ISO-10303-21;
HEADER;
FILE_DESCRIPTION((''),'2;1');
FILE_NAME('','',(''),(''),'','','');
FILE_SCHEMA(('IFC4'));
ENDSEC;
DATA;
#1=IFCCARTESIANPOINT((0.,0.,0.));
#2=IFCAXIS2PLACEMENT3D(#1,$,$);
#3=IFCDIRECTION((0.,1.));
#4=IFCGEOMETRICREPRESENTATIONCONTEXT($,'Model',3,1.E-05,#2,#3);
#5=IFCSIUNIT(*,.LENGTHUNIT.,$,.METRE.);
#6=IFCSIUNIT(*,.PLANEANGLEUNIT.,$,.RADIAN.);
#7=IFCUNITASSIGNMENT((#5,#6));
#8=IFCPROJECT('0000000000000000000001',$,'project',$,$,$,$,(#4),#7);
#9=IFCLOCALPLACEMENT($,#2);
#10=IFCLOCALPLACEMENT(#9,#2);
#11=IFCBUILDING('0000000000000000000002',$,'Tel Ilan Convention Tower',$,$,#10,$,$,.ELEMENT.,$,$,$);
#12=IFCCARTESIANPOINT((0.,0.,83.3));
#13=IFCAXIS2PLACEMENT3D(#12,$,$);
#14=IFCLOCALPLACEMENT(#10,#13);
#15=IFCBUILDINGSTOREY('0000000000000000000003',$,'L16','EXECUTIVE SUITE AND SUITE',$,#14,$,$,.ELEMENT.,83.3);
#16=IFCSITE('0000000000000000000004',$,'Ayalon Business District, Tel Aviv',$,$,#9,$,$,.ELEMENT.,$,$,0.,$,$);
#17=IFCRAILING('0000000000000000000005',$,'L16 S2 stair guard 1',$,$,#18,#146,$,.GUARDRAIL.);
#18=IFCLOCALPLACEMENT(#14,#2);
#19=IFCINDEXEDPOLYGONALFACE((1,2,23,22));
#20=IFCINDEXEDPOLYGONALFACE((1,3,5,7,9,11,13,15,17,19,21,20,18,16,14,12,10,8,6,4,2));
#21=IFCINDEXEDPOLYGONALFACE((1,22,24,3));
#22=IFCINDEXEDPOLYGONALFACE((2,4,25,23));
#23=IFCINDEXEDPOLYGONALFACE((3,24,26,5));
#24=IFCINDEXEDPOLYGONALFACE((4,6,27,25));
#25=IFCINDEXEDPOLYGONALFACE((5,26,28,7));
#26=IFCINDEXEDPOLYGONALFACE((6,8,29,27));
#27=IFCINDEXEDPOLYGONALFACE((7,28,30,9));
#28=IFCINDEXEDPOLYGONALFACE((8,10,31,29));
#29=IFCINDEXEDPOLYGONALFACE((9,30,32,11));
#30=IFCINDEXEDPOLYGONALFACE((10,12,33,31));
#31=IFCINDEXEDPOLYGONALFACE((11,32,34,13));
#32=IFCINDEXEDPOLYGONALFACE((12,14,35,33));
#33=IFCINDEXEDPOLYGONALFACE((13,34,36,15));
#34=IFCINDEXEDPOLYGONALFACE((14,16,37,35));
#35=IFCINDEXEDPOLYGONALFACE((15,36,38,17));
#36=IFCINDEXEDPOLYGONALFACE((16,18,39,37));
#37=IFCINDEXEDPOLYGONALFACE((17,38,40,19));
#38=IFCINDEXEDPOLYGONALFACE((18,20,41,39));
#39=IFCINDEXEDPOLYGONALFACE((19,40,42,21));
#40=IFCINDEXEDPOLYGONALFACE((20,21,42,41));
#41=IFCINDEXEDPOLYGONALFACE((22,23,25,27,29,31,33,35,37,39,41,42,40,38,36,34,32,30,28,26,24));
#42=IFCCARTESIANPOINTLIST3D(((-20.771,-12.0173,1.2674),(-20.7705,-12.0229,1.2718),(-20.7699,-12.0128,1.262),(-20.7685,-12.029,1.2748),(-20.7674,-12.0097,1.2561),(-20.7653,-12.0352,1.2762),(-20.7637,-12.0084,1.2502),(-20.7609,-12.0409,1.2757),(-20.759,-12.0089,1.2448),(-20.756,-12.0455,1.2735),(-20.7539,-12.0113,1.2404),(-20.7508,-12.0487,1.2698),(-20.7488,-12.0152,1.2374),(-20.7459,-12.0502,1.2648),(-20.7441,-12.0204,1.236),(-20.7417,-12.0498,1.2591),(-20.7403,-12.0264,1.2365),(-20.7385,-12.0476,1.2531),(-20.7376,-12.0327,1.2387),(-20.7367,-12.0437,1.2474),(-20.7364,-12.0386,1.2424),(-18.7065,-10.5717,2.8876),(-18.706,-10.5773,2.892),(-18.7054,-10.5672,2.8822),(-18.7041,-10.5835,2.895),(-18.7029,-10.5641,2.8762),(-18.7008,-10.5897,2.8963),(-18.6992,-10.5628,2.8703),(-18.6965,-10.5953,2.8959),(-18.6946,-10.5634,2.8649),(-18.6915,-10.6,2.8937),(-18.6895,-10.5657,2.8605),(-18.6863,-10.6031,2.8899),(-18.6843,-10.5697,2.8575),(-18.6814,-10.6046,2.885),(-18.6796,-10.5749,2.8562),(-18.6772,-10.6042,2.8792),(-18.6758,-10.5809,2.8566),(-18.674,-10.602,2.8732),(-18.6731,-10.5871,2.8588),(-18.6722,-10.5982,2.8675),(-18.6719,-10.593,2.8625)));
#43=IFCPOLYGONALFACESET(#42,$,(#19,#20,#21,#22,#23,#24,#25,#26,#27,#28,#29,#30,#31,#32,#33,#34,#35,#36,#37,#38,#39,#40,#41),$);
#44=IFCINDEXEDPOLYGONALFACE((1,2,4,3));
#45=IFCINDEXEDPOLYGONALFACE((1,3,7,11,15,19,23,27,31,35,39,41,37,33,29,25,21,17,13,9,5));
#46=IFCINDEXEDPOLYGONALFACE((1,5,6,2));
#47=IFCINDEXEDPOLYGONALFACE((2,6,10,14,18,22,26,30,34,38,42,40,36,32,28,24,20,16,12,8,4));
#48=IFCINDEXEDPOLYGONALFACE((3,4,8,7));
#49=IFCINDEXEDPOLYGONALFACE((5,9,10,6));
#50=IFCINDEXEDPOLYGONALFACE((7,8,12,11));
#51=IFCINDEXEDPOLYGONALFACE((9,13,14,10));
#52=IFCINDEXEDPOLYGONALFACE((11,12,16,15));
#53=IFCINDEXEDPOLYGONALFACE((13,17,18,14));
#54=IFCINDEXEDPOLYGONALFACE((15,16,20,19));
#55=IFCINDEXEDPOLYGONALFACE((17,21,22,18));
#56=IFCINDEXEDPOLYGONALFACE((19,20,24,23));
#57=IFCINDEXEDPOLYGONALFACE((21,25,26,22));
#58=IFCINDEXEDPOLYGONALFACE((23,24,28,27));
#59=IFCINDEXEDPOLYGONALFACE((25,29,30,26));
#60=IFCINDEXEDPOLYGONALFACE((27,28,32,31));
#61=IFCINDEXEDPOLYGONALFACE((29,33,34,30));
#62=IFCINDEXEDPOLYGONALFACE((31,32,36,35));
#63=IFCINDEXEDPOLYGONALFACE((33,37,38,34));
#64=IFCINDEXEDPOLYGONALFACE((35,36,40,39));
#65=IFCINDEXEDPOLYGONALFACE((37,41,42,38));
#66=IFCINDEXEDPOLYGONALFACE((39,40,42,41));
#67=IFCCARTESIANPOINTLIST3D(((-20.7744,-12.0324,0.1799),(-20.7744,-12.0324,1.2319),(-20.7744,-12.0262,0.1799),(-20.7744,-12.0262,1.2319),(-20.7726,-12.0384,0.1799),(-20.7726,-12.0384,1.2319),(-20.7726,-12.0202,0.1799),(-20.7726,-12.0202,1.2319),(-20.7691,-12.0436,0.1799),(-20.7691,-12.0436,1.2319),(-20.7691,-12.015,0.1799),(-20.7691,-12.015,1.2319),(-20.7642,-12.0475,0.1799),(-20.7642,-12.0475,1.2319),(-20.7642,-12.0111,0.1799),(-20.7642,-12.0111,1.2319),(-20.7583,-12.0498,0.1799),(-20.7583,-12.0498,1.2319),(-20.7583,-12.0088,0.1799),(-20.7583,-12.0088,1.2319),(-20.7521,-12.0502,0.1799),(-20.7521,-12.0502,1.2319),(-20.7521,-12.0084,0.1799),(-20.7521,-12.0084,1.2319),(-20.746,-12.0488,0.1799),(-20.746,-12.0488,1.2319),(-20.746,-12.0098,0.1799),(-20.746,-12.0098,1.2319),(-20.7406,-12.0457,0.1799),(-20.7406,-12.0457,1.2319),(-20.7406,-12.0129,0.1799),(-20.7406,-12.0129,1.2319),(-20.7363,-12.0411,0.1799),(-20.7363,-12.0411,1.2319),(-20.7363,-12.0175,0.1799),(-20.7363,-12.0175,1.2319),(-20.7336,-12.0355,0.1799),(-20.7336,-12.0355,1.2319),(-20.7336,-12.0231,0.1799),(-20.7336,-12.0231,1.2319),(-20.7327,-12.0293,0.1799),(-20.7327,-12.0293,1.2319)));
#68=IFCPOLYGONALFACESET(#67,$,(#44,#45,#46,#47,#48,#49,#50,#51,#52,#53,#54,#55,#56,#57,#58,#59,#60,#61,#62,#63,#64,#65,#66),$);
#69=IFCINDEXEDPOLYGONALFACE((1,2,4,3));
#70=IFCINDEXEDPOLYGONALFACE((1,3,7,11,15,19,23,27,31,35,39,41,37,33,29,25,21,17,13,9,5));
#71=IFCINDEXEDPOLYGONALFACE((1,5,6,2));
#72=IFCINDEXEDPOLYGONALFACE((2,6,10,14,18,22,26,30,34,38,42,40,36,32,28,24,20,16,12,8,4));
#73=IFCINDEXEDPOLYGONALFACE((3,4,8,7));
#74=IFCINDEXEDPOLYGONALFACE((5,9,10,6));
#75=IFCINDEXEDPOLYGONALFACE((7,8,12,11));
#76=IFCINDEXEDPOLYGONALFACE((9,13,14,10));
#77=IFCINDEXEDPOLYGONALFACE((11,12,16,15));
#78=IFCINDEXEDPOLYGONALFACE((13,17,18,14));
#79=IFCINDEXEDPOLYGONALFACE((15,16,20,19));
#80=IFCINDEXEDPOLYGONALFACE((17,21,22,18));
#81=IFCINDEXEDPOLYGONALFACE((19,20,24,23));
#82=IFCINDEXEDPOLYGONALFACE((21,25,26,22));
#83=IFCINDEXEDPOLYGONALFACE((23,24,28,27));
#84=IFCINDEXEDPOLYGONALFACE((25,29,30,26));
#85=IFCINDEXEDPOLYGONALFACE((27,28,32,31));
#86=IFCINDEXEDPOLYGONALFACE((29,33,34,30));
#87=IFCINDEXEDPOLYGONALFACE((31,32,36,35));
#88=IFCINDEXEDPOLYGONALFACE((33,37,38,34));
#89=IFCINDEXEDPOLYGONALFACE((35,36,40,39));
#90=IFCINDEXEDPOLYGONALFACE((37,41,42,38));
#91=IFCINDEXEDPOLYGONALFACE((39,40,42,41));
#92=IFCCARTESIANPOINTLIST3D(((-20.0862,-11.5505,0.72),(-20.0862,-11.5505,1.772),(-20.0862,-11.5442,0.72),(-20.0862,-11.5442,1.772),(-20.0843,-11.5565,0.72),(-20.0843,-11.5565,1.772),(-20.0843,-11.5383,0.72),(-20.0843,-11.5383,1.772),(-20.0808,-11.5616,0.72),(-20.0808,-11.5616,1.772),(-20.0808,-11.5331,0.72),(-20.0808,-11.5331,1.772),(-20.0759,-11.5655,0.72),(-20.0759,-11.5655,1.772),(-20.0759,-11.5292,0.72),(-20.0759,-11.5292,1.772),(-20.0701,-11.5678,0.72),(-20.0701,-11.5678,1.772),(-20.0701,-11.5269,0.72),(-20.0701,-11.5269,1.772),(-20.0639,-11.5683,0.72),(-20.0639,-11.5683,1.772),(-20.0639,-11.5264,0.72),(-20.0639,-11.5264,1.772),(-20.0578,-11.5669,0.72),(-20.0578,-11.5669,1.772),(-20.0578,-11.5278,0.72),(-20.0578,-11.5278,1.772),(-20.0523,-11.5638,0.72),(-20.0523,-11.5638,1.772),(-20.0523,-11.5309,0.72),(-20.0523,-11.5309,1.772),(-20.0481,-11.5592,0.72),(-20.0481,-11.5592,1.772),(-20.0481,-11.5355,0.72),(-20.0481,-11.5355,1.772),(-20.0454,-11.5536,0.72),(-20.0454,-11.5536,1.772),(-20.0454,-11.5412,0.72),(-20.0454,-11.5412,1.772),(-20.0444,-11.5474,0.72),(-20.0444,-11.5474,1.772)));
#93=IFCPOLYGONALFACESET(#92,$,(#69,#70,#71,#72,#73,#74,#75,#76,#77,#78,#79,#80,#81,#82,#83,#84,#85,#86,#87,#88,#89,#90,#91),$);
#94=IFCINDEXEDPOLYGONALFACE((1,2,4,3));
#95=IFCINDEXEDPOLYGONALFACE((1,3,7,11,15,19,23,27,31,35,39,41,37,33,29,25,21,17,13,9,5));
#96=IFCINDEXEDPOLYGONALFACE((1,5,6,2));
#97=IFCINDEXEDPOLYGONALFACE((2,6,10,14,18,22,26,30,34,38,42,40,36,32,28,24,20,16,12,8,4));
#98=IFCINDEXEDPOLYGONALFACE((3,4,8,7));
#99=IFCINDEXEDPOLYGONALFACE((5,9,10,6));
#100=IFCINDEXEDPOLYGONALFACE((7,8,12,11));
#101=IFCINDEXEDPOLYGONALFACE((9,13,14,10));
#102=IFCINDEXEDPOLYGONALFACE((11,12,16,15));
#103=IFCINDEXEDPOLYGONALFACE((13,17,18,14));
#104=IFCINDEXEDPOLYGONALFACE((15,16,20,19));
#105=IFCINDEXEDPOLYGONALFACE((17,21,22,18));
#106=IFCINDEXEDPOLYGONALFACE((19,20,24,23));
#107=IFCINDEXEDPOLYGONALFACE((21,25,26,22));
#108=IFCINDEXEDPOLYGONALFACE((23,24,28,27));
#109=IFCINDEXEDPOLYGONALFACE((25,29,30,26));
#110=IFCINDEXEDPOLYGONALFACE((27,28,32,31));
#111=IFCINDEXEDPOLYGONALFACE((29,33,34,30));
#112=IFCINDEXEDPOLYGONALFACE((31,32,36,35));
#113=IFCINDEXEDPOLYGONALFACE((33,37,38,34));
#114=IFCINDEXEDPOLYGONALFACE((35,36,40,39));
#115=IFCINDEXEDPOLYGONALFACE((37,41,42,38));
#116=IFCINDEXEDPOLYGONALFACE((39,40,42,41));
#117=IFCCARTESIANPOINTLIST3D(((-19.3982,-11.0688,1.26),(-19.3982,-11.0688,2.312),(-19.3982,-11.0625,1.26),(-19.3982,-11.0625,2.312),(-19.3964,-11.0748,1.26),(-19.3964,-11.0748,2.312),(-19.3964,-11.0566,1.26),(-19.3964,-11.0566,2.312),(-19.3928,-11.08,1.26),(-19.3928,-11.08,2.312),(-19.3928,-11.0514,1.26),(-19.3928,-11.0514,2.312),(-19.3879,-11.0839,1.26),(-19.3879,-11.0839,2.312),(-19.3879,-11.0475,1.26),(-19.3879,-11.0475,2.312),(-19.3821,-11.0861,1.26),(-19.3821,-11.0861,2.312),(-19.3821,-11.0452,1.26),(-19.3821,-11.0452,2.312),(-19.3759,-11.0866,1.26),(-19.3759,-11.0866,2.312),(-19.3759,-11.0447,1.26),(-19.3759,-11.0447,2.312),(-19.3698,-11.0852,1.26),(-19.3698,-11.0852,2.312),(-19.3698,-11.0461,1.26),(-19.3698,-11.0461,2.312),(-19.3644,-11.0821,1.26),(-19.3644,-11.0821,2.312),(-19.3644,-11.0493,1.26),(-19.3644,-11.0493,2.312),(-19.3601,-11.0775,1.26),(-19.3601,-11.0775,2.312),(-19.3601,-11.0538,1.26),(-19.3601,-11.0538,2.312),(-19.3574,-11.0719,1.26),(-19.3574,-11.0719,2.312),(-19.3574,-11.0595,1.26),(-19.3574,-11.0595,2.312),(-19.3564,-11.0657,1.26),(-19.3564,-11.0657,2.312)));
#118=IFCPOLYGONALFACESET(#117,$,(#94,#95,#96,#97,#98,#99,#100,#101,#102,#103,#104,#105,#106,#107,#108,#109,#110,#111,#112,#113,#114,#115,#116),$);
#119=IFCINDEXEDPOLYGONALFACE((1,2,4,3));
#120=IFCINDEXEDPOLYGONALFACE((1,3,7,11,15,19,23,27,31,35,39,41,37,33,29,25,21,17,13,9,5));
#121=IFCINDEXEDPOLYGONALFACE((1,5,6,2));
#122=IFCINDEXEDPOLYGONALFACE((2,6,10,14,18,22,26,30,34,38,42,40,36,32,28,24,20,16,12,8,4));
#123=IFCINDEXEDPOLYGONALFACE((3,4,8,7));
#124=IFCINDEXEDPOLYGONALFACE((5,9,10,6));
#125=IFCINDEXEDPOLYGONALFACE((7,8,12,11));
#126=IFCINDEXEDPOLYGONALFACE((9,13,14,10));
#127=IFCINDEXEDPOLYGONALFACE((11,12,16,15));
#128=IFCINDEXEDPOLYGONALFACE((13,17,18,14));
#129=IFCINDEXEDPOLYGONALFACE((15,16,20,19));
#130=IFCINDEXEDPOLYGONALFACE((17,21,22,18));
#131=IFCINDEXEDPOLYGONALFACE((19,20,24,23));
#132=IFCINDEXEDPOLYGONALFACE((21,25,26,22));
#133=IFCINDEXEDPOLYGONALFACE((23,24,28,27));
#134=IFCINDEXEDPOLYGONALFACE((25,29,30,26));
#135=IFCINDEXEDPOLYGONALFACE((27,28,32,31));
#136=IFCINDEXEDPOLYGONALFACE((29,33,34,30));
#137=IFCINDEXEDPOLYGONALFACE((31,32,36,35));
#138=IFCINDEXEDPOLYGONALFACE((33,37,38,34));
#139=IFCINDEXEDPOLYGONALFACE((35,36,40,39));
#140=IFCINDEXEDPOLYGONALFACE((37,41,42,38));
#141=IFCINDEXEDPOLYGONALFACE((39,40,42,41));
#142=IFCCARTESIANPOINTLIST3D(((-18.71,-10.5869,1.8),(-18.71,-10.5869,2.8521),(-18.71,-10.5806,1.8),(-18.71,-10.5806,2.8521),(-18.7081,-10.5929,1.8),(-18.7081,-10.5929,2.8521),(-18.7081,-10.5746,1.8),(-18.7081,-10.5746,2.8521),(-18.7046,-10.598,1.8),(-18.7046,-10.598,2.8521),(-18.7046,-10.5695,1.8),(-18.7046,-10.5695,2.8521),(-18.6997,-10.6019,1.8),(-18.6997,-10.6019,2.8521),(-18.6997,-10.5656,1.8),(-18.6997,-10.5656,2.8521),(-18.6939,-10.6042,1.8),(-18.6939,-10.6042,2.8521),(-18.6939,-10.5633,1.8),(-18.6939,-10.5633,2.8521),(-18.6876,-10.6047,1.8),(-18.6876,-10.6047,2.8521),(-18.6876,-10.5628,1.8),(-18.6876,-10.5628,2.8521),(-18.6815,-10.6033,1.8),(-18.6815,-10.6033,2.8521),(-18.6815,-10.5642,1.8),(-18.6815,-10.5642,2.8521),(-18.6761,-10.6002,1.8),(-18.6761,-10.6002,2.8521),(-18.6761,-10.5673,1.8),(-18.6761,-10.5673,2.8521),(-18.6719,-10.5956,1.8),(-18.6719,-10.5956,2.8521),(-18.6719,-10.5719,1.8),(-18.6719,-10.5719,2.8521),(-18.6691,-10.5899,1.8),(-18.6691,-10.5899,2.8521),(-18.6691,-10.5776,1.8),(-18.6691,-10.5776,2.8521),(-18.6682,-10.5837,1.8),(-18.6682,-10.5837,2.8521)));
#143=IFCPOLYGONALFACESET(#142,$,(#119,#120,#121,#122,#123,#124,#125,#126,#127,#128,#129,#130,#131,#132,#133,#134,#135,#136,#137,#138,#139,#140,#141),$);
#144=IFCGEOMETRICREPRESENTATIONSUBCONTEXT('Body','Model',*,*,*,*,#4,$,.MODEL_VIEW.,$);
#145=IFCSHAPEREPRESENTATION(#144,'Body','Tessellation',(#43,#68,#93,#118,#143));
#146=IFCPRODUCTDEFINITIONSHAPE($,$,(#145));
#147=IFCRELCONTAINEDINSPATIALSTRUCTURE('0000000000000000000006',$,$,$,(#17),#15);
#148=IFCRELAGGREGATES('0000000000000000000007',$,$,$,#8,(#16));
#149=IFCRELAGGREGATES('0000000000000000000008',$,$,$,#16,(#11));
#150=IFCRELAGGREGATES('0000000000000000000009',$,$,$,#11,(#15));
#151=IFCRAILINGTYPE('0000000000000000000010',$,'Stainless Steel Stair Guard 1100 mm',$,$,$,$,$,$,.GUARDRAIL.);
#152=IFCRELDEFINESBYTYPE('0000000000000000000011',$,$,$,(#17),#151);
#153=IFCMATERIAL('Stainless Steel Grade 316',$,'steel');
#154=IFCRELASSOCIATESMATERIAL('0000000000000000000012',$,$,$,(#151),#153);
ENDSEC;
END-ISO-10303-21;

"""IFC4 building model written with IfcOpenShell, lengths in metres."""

from ifc_helpers import new_model, si_unit, direction, frame, origin, origin_2d, place, context, subcontext, project, spatial, circle, extrude, material, type_object, element, save


model = new_model("IFC4")

# Units and contexts
model_context = context("Model", 3, precision=1e-05, world=origin(), true_north=direction((0.0, 1.0)))
body_context = subcontext(model_context, "Body", "Model", "MODEL_VIEW")
ifc_project = project(units=[si_unit("LENGTHUNIT", "METRE"), si_unit("PLANEANGLEUNIT", "RADIAN")], contexts=[model_context])

# Site, building, storey
site_placement = place(None, origin())
site = spatial("IfcSite", under=ifc_project, at=site_placement, Name="Ayalon Business District, Tel Aviv", CompositionType="ELEMENT", RefElevation=0.0)
building_placement = place(site_placement, origin())
building = spatial("IfcBuilding", under=site, at=building_placement, Name="Tel Ilan Convention Tower", CompositionType="ELEMENT")
storey_placement = place(building_placement, frame((0.0, 0.0, 83.3)))
storey = spatial("IfcBuildingStorey", under=building, at=storey_placement, Name="L16", Description="EXECUTIVE SUITE AND SUITE", CompositionType="ELEMENT", Elevation=83.3)

# Railing
ifc_material_1 = material(Name="Stainless Steel Grade 316", Category="steel")
railing_type_1 = type_object("IfcRailingType", Name="Stainless Steel Stair Guard 1100 mm", PredefinedType="GUARDRAIL", material=ifc_material_1)
railing_1_placement = place(storey_placement, frame((-20.7537, -12.0293, 0.1799)))
element("IfcRailing", 1, at=railing_1_placement, inside=storey, type_object=railing_type_1, Name="L16 S2 stair guard 1", PredefinedType="GUARDRAIL", context=body_context, shape_type="SweptSolid", body=[
    extrude(circle(Radius=0.0239, at=origin_2d()), frame((0.0, 0.0, 1.0762), z_axis=(0.689056, 0.482486, 0.540749), x_axis=(-0.573579, 0.81915, 0.0)), (0.0, 0.0, 1.0), 2.9961),
    extrude(circle(Radius=0.021, at=origin_2d()), origin(), (0.0, 0.0, 1.0), 1.052),
    extrude(circle(Radius=0.021, at=origin_2d()), frame((0.6882, 0.4819, 0.54)), (0.0, 0.0, 1.0), 1.052),
    extrude(circle(Radius=0.021, at=origin_2d()), frame((1.3762, 0.9636, 1.0801)), (0.0, 0.0, 1.0), 1.052),
    extrude(circle(Radius=0.021, at=origin_2d()), frame((2.0645, 1.4456, 1.6201)), (0.0, 0.0, 1.0), 1.052),
])

save(model, "model.ifc")
